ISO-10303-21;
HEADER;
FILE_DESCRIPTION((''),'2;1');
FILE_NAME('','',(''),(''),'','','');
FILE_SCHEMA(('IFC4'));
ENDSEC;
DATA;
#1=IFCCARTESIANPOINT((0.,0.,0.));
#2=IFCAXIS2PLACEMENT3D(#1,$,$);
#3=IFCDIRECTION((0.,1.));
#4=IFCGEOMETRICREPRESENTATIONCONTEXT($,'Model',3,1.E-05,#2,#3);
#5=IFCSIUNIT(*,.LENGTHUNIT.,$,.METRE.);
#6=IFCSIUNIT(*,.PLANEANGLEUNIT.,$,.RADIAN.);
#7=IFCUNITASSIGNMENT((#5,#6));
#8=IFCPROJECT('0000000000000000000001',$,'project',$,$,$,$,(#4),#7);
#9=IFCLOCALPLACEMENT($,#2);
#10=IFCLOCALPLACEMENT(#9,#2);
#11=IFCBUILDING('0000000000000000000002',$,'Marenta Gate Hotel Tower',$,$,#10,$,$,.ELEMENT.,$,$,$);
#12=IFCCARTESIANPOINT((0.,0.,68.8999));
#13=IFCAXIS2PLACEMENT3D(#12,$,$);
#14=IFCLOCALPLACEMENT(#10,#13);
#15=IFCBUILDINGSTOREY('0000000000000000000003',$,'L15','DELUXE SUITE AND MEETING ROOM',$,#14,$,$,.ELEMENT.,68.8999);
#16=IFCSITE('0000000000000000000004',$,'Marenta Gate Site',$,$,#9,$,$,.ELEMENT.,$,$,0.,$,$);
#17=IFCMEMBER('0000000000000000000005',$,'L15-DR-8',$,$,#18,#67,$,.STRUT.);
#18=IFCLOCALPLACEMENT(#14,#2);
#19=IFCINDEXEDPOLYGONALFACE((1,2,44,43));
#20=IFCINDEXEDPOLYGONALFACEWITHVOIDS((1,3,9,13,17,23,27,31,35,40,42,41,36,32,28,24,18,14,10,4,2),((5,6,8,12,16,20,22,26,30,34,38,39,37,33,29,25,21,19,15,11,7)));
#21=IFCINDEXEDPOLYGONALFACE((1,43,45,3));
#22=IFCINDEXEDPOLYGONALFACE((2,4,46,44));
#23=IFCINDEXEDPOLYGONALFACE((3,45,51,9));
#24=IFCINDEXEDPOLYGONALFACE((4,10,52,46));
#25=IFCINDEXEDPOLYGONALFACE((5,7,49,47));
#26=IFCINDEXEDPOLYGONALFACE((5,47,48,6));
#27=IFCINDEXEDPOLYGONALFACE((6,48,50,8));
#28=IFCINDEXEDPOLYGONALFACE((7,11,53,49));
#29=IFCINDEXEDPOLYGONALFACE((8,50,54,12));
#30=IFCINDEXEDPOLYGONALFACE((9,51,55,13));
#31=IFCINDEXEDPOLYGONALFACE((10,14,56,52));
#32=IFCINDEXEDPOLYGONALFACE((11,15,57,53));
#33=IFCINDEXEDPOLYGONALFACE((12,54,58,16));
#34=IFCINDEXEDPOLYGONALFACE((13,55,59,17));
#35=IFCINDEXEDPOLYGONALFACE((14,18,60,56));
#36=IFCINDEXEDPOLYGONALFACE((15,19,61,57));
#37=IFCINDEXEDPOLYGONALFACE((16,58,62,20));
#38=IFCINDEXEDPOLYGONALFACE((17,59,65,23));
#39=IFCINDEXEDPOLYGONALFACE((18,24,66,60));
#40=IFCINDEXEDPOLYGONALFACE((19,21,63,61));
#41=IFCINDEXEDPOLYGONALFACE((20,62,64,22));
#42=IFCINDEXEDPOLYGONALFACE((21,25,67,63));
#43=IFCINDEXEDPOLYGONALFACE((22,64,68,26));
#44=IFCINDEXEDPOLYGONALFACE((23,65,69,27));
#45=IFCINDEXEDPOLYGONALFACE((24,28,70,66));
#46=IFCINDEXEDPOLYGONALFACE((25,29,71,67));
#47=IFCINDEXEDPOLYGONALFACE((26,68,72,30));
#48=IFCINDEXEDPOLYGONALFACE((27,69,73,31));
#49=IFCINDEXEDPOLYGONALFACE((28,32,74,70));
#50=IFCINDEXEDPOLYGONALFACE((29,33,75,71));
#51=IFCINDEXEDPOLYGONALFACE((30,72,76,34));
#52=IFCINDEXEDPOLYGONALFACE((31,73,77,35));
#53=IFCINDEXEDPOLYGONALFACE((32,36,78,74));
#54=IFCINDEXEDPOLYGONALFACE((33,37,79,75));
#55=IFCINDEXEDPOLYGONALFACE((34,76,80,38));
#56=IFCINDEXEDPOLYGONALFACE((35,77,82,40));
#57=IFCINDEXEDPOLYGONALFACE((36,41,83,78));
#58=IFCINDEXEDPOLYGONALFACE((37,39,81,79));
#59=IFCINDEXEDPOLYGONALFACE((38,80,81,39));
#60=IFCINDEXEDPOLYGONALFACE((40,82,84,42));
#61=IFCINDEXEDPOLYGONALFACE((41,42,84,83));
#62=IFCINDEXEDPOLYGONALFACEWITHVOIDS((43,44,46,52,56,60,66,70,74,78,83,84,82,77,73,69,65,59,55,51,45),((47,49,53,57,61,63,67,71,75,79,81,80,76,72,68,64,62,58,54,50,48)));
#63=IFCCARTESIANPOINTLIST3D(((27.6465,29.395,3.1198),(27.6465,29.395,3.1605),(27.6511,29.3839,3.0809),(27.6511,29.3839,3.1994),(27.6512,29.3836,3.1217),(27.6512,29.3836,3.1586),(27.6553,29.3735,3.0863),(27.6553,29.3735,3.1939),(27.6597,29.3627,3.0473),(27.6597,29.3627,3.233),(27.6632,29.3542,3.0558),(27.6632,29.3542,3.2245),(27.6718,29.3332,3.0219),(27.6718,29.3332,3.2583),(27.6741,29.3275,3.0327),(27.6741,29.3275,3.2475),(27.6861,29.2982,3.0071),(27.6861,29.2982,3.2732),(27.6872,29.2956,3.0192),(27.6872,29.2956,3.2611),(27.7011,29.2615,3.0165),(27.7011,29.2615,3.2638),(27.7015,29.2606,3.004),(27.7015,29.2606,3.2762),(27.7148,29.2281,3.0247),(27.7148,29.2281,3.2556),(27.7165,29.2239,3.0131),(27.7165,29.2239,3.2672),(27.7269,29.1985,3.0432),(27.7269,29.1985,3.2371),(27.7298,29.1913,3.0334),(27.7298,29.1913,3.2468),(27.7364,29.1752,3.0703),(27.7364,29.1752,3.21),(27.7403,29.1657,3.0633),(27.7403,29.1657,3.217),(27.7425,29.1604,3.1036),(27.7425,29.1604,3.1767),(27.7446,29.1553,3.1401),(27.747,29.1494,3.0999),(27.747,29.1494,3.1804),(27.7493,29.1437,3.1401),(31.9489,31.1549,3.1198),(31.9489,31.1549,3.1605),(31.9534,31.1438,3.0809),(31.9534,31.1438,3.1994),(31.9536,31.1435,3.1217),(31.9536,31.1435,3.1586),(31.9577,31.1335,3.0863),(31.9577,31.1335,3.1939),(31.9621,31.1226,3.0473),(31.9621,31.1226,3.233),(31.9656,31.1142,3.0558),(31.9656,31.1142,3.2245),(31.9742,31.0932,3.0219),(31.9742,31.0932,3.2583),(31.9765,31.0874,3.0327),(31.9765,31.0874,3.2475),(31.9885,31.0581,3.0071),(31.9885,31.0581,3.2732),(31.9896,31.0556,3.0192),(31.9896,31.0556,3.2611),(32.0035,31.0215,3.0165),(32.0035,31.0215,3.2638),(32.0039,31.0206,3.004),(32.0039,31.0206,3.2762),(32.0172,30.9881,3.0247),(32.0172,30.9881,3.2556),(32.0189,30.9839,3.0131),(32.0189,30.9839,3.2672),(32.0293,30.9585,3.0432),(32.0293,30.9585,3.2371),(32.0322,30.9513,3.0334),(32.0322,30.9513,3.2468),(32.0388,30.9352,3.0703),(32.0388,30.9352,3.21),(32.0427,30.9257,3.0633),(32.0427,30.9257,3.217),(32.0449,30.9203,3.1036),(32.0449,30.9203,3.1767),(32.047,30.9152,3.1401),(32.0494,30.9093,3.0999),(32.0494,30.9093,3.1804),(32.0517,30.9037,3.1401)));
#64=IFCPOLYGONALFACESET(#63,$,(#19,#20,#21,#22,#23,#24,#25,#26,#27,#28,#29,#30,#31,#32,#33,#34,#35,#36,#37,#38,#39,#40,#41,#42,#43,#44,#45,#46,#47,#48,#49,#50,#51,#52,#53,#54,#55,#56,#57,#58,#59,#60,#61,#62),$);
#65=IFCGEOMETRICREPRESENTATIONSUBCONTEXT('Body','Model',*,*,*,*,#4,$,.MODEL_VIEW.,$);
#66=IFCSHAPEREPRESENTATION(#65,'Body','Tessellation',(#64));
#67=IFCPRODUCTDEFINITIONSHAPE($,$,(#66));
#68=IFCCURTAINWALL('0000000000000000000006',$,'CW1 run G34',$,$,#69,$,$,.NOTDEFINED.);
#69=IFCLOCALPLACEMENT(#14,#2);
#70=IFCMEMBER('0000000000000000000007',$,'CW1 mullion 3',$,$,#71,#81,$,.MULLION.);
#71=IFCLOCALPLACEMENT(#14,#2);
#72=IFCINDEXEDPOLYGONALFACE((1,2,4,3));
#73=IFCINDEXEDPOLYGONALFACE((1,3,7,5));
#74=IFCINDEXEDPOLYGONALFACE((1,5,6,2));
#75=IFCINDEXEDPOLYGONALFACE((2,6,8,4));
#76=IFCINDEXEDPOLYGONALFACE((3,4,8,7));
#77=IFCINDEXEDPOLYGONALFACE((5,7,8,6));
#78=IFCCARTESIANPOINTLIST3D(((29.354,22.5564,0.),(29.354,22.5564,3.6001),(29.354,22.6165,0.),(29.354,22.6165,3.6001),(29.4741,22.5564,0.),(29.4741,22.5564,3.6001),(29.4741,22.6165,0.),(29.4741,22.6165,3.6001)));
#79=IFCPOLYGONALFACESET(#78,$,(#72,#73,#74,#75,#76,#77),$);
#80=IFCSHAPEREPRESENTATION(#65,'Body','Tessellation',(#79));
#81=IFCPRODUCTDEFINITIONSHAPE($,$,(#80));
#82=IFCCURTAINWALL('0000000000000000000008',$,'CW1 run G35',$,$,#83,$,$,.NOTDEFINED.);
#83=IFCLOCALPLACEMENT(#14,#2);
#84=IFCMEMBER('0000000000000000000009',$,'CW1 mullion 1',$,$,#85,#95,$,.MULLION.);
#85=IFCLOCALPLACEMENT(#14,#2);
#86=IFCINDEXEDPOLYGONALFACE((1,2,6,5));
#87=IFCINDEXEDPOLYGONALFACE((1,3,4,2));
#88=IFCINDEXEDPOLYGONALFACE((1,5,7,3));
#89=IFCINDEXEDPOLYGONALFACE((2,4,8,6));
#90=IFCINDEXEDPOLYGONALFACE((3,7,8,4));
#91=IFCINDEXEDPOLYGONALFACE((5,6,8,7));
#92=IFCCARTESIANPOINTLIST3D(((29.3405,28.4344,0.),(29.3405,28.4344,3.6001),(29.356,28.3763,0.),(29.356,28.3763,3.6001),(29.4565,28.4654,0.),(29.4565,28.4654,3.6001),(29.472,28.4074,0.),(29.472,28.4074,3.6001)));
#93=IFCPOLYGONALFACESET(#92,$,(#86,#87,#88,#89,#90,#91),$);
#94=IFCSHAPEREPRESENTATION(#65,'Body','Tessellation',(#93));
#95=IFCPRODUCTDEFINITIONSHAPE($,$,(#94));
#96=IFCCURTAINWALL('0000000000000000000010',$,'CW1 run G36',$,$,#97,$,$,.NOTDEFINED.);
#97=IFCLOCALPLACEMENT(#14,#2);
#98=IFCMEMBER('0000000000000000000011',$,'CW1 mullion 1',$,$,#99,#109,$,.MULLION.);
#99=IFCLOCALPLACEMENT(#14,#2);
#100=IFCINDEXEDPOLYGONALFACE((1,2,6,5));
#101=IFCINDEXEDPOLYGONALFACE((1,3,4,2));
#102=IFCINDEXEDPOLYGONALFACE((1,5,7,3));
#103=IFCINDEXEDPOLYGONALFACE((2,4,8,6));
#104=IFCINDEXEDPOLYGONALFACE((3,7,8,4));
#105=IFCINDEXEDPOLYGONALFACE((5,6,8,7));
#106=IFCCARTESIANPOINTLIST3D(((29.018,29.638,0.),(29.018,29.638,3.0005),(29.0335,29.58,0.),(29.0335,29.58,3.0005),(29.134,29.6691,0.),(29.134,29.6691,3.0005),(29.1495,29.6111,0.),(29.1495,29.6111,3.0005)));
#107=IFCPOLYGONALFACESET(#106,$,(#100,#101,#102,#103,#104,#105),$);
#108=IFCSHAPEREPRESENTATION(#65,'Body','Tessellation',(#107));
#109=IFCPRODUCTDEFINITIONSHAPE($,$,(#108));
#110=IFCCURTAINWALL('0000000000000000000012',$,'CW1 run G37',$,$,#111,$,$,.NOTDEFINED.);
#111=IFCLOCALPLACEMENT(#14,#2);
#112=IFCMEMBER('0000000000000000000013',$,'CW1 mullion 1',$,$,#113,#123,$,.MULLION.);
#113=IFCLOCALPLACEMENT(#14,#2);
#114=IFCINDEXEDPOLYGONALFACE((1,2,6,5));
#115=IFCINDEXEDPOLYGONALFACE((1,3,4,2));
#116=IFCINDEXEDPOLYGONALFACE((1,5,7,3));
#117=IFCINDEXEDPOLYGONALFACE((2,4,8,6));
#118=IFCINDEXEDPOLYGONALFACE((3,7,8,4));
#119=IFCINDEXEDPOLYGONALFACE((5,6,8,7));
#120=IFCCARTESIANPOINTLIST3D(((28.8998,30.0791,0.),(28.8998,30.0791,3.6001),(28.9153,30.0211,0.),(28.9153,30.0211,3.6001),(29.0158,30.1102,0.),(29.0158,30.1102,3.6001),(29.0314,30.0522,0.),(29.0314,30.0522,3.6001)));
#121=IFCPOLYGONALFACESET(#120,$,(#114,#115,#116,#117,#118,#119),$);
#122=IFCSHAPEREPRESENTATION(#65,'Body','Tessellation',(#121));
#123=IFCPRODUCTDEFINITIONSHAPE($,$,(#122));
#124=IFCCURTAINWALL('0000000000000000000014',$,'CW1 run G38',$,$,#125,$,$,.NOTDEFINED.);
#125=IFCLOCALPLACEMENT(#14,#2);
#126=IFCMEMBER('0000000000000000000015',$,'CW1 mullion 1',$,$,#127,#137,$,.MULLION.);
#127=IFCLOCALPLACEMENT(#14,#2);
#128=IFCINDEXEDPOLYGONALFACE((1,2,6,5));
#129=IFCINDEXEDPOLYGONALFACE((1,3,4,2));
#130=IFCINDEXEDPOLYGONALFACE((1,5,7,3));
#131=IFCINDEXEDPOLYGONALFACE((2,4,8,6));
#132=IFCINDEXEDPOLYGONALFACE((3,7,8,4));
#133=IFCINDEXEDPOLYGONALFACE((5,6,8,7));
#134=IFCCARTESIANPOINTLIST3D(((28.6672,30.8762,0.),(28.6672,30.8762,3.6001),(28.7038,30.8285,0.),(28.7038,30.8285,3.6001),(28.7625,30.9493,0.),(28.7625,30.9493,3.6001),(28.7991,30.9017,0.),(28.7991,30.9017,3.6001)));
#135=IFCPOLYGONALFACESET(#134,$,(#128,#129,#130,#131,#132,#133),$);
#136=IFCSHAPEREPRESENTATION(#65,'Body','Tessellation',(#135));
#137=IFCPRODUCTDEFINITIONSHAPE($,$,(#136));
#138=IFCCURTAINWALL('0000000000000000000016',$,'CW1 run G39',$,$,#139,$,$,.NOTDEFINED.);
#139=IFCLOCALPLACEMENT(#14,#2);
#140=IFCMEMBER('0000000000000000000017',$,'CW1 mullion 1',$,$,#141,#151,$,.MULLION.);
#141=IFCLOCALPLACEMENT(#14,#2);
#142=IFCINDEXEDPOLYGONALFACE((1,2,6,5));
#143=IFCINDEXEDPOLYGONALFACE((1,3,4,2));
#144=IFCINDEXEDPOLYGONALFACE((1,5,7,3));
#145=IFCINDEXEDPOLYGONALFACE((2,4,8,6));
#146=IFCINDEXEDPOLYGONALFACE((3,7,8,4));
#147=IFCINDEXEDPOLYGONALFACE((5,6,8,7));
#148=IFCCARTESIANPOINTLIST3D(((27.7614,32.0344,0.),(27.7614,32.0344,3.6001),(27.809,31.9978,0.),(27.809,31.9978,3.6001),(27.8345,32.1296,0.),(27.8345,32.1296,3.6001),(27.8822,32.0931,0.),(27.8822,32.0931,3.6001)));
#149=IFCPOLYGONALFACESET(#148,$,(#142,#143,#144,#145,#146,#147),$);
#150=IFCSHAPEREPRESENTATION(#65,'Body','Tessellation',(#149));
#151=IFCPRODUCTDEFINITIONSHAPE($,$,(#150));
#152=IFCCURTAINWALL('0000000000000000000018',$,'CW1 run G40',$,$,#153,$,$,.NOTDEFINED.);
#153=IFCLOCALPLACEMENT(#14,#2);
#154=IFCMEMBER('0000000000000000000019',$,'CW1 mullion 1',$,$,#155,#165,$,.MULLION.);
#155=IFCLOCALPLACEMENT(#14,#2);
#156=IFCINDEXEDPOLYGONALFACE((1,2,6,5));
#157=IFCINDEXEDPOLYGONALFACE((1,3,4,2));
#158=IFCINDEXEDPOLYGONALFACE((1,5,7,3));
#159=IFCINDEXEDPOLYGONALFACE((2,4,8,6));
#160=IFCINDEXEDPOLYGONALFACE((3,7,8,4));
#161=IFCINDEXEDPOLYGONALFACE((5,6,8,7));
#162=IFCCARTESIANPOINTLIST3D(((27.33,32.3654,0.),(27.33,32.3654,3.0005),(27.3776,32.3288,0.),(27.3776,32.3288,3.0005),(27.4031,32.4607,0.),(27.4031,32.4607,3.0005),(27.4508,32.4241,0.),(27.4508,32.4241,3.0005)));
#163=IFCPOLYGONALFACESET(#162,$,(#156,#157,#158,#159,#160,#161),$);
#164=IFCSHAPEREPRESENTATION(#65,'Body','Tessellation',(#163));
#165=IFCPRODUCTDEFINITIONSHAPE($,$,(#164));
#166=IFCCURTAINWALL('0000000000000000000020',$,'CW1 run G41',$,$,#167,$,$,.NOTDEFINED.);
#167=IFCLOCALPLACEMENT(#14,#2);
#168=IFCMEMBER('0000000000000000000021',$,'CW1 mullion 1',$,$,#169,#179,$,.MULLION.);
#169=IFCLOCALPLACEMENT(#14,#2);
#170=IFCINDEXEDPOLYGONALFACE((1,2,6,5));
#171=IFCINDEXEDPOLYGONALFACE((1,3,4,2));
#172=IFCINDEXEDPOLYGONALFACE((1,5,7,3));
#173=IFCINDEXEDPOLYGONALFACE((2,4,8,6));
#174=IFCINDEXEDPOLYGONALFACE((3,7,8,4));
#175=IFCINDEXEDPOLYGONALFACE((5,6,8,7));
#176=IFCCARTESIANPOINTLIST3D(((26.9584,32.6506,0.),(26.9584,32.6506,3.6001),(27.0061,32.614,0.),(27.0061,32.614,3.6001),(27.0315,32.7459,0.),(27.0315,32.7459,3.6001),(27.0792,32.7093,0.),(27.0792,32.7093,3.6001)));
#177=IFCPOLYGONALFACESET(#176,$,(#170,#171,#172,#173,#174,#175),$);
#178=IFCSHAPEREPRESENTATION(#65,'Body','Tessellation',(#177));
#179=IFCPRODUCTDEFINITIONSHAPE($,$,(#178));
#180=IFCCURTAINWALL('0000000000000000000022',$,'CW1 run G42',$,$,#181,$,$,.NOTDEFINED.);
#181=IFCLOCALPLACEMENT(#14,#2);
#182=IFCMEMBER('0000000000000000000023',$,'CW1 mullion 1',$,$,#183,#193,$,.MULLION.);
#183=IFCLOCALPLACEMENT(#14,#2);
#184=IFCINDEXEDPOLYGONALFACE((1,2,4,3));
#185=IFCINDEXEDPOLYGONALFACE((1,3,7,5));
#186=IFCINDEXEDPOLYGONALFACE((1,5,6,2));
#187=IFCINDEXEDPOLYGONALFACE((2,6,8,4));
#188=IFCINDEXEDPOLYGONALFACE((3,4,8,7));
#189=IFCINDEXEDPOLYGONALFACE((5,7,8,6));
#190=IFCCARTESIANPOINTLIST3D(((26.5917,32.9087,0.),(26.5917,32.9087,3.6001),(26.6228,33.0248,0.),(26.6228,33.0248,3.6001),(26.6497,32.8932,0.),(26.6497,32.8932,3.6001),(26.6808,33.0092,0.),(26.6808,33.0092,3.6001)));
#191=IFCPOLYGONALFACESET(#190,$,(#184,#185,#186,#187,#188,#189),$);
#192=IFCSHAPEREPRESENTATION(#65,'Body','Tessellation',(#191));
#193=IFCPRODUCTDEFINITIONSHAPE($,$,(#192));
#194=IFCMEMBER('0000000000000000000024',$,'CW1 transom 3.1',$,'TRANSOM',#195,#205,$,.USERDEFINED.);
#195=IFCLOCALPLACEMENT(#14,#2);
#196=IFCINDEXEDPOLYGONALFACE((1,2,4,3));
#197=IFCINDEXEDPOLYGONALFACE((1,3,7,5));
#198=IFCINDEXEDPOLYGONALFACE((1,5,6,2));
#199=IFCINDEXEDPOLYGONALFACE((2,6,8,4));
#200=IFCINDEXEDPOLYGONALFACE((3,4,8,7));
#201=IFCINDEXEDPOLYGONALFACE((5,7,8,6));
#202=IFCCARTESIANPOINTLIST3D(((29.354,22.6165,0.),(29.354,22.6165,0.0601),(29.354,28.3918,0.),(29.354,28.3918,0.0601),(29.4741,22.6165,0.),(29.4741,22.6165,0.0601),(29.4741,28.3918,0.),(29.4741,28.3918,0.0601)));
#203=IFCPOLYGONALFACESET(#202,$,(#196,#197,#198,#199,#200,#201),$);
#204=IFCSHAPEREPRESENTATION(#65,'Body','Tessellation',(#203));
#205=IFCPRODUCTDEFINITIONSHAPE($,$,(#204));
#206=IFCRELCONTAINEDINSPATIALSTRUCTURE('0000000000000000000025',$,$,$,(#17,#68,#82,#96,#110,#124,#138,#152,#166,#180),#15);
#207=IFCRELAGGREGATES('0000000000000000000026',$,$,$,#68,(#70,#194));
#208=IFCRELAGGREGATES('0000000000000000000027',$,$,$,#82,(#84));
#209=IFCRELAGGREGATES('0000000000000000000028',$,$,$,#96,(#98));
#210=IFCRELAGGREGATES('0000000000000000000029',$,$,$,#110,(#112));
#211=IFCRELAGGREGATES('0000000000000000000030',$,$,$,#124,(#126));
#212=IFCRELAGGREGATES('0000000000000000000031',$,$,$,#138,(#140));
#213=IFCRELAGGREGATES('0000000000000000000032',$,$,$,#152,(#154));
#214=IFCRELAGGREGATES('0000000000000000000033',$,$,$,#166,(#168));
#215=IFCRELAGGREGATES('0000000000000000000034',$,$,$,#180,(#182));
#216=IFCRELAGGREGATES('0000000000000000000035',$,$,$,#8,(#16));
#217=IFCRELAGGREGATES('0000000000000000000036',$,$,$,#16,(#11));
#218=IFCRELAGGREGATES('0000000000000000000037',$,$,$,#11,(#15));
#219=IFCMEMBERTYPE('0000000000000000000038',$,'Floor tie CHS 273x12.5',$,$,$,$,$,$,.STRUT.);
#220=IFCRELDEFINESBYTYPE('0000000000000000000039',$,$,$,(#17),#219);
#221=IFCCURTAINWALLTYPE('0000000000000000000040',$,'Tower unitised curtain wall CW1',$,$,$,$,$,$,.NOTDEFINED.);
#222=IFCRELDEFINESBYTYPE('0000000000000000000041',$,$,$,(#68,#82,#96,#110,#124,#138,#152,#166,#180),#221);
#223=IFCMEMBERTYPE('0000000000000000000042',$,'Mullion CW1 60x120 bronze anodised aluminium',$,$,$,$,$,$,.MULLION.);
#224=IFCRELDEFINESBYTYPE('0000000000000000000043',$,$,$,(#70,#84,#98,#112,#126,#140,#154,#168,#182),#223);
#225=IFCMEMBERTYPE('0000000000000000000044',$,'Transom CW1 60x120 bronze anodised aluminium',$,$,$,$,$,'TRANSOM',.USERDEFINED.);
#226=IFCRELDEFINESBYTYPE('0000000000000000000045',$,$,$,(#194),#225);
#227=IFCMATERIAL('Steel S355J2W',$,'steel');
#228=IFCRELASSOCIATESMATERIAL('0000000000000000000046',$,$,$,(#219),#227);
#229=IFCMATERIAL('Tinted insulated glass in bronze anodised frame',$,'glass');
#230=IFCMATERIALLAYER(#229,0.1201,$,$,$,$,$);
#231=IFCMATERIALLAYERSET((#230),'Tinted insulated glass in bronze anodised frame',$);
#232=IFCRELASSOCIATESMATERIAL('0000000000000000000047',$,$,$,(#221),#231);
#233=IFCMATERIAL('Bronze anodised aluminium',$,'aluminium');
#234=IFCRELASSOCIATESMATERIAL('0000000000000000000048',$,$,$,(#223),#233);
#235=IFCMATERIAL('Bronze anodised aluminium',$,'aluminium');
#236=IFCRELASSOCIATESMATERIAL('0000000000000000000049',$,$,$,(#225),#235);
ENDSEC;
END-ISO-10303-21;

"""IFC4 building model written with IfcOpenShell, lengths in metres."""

from ifc_helpers import new_model, si_unit, direction, frame, origin, origin_2d, place, context, subcontext, project, spatial, rectangle, hollow_circle, extrude, material, layer, layer_set, material_profile, profile_set, type_object, element, aggregate, save


model = new_model("IFC4")

# Units and contexts
model_context = context("Model", 3, precision=1e-05, world=origin(), true_north=direction((0.0, 1.0)))
body_context = subcontext(model_context, "Body", "Model", "MODEL_VIEW")
ifc_project = project(units=[si_unit("LENGTHUNIT", "METRE"), si_unit("PLANEANGLEUNIT", "RADIAN")], contexts=[model_context])

# Site, building, storey
site_placement = place(None, origin())
site = spatial("IfcSite", under=ifc_project, at=site_placement, Name="Marenta Gate Site", CompositionType="ELEMENT", RefElevation=0.0)
building_placement = place(site_placement, origin())
building = spatial("IfcBuilding", under=site, at=building_placement, Name="Marenta Gate Hotel Tower", CompositionType="ELEMENT")
storey_placement = place(building_placement, frame((0.0, 0.0, 68.8999)))
storey = spatial("IfcBuildingStorey", under=building, at=storey_placement, Name="L15", Description="DELUXE SUITE AND MEETING ROOM", CompositionType="ELEMENT", Elevation=68.8999)

# Member
ifc_material_1 = material(Name="Steel S355J2W", Category="steel")
ifc_material_profile_1 = material_profile(ifc_material_1, hollow_circle(Radius=0.1365, WallThickness=0.0125, at=origin_2d()), Name="CHS 273x12.5")
ifc_profile_set_1 = profile_set([ifc_material_profile_1], Name="Steel S355J2W")
member_type_1 = type_object("IfcMemberType", Name="Floor tie CHS 273x12.5", PredefinedType="STRUT", material=ifc_profile_set_1)
member_1_placement = place(storey_placement, frame((32.0, 31.03, 3.1401), z_axis=(-0.925554, -0.378614, 0.0), x_axis=(0.378614, -0.925554, 0.0)))
element("IfcMember", 1, at=member_1_placement, inside=storey, type_object=member_type_1, Name="L15-DR-8", PredefinedType="STRUT", context=body_context, shape_type="SweptSolid", body=[
    extrude(hollow_circle(Radius=0.1365, WallThickness=0.0125, at=origin_2d()), origin(), (0.0, 0.0, 1.0), 4.6484),
])

# Curtain walls, members
ifc_material_2 = material(Name="Tinted insulated glass in bronze anodised frame", Category="glass")
ifc_layer_1 = layer(ifc_material_2, 0.1201)
ifc_layer_set_1 = layer_set([ifc_layer_1], Name="Tinted insulated glass in bronze anodised frame")
curtain_wall_type = type_object("IfcCurtainWallType", Name="Tower unitised curtain wall CW1", PredefinedType="NOTDEFINED", material=ifc_layer_set_1)
curtain_wall_1_placement = place(storey_placement, origin())
curtain_wall_1 = element("IfcCurtainWall", 2, at=curtain_wall_1_placement, inside=storey, type_object=curtain_wall_type, Name="CW1 run G34", PredefinedType="NOTDEFINED")
ifc_material_3 = material(Name="Bronze anodised aluminium", Category="aluminium")
ifc_material_profile_2 = material_profile(ifc_material_3, rectangle(XDim=0.1201, YDim=0.0601, at=origin_2d()), Name="Mullion CW1 60x120 bronze anodised aluminium")
ifc_profile_set_2 = profile_set([ifc_material_profile_2], Name="Bronze anodised aluminium")
member_type_2 = type_object("IfcMemberType", Name="Mullion CW1 60x120 bronze anodised aluminium", PredefinedType="MULLION", material=ifc_profile_set_2)
member_2_placement = place(storey_placement, frame((29.4141, 22.5864, 0.0), z_axis=(0.0, 0.0, 1.0), x_axis=(-1.0, 0.0, 0.0)))
member_2 = element("IfcMember", 3, at=member_2_placement, type_object=member_type_2, Name="CW1 mullion 3", PredefinedType="MULLION", context=body_context, shape_type="SweptSolid", body=[
    extrude(rectangle(XDim=0.1201, YDim=0.0601, at=origin_2d()), origin(), (0.0, 0.0, 1.0), 3.6001),
])
curtain_wall_2_placement = place(storey_placement, origin())
curtain_wall_2 = element("IfcCurtainWall", 4, at=curtain_wall_2_placement, inside=storey, type_object=curtain_wall_type, Name="CW1 run G35", PredefinedType="NOTDEFINED")
member_3_placement = place(storey_placement, frame((29.4062, 28.4209, 0.0), z_axis=(0.0, 0.0, 1.0), x_axis=(-0.965927, -0.258816, 0.0)))
member_3 = element("IfcMember", 5, at=member_3_placement, type_object=member_type_2, Name="CW1 mullion 1", PredefinedType="MULLION", context=body_context, shape_type="SweptSolid", body=[
    extrude(rectangle(XDim=0.1201, YDim=0.0601, at=origin_2d()), origin(), (0.0, 0.0, 1.0), 3.6001),
])
curtain_wall_3_placement = place(storey_placement, origin())
curtain_wall_3 = element("IfcCurtainWall", 6, at=curtain_wall_3_placement, inside=storey, type_object=curtain_wall_type, Name="CW1 run G36", PredefinedType="NOTDEFINED")
member_4_placement = place(storey_placement, frame((29.0837, 29.6245, 0.0), z_axis=(0.0, 0.0, 1.0), x_axis=(-0.965922, -0.258835, 0.0)))
member_4 = element("IfcMember", 7, at=member_4_placement, type_object=member_type_2, Name="CW1 mullion 1", PredefinedType="MULLION", context=body_context, shape_type="SweptSolid", body=[
    extrude(rectangle(XDim=0.1201, YDim=0.0601, at=origin_2d()), origin(), (0.0, 0.0, 1.0), 3.0005),
])
curtain_wall_4_placement = place(storey_placement, origin())
curtain_wall_4 = element("IfcCurtainWall", 8, at=curtain_wall_4_placement, inside=storey, type_object=curtain_wall_type, Name="CW1 run G37", PredefinedType="NOTDEFINED")
member_5_placement = place(storey_placement, frame((28.9656, 30.0657, 0.0), z_axis=(0.0, 0.0, 1.0), x_axis=(-0.965925, -0.258823, 0.0)))
member_5 = element("IfcMember", 9, at=member_5_placement, type_object=member_type_2, Name="CW1 mullion 1", PredefinedType="MULLION", context=body_context, shape_type="SweptSolid", body=[
    extrude(rectangle(XDim=0.1201, YDim=0.0601, at=origin_2d()), origin(), (0.0, 0.0, 1.0), 3.6001),
])
curtain_wall_5_placement = place(storey_placement, origin())
curtain_wall_5 = element("IfcCurtainWall", 10, at=curtain_wall_5_placement, inside=storey, type_object=curtain_wall_type, Name="CW1 run G38", PredefinedType="NOTDEFINED")
member_6_placement = place(storey_placement, frame((28.7332, 30.8889, 0.0), z_axis=(0.0, 0.0, 1.0), x_axis=(-0.793338, -0.608781, 0.0)))
member_6 = element("IfcMember", 11, at=member_6_placement, type_object=member_type_2, Name="CW1 mullion 1", PredefinedType="MULLION", context=body_context, shape_type="SweptSolid", body=[
    extrude(rectangle(XDim=0.1201, YDim=0.0601, at=origin_2d()), origin(), (0.0, 0.0, 1.0), 3.6001),
])
curtain_wall_6_placement = place(storey_placement, origin())
curtain_wall_6 = element("IfcCurtainWall", 12, at=curtain_wall_6_placement, inside=storey, type_object=curtain_wall_type, Name="CW1 run G39", PredefinedType="NOTDEFINED")
member_7_placement = place(storey_placement, frame((27.8218, 32.0637, 0.0), z_axis=(0.0, 0.0, 1.0), x_axis=(-0.608795, -0.793328, 0.0)))
member_7 = element("IfcMember", 13, at=member_7_placement, type_object=member_type_2, Name="CW1 mullion 1", PredefinedType="MULLION", context=body_context, shape_type="SweptSolid", body=[
    extrude(rectangle(XDim=0.1201, YDim=0.0601, at=origin_2d()), origin(), (0.0, 0.0, 1.0), 3.6001),
])
curtain_wall_7_placement = place(storey_placement, origin())
curtain_wall_7 = element("IfcCurtainWall", 14, at=curtain_wall_7_placement, inside=storey, type_object=curtain_wall_type, Name="CW1 run G40", PredefinedType="NOTDEFINED")
member_8_placement = place(storey_placement, frame((27.3904, 32.3948, 0.0), z_axis=(0.0, 0.0, 1.0), x_axis=(-0.608772, -0.793345, 0.0)))
member_8 = element("IfcMember", 15, at=member_8_placement, type_object=member_type_2, Name="CW1 mullion 1", PredefinedType="MULLION", context=body_context, shape_type="SweptSolid", body=[
    extrude(rectangle(XDim=0.1201, YDim=0.0601, at=origin_2d()), origin(), (0.0, 0.0, 1.0), 3.0005),
])
curtain_wall_8_placement = place(storey_placement, origin())
curtain_wall_8 = element("IfcCurtainWall", 16, at=curtain_wall_8_placement, inside=storey, type_object=curtain_wall_type, Name="CW1 run G41", PredefinedType="NOTDEFINED")
member_9_placement = place(storey_placement, frame((27.0188, 32.6799, 0.0), z_axis=(0.0, 0.0, 1.0), x_axis=(-0.608776, -0.793342, 0.0)))
member_9 = element("IfcMember", 17, at=member_9_placement, type_object=member_type_2, Name="CW1 mullion 1", PredefinedType="MULLION", context=body_context, shape_type="SweptSolid", body=[
    extrude(rectangle(XDim=0.1201, YDim=0.0601, at=origin_2d()), origin(), (0.0, 0.0, 1.0), 3.6001),
])
curtain_wall_9_placement = place(storey_placement, origin())
curtain_wall_9 = element("IfcCurtainWall", 18, at=curtain_wall_9_placement, inside=storey, type_object=curtain_wall_type, Name="CW1 run G42", PredefinedType="NOTDEFINED")
member_10_placement = place(storey_placement, frame((26.6362, 32.959, 0.0), z_axis=(0.0, 0.0, 1.0), x_axis=(-0.258807, -0.965929, 0.0)))
member_10 = element("IfcMember", 19, at=member_10_placement, type_object=member_type_2, Name="CW1 mullion 1", PredefinedType="MULLION", context=body_context, shape_type="SweptSolid", body=[
    extrude(rectangle(XDim=0.1201, YDim=0.0601, at=origin_2d()), origin(), (0.0, 0.0, 1.0), 3.6001),
])

# Member
ifc_material_4 = material(Name="Bronze anodised aluminium", Category="aluminium")
ifc_material_profile_3 = material_profile(ifc_material_4, rectangle(XDim=0.1201, YDim=0.0601, at=origin_2d()), Name="Transom CW1 60x120 bronze anodised aluminium")
ifc_profile_set_3 = profile_set([ifc_material_profile_3], Name="Bronze anodised aluminium")
member_type_3 = type_object("IfcMemberType", Name="Transom CW1 60x120 bronze anodised aluminium", ElementType="TRANSOM", PredefinedType="USERDEFINED", material=ifc_profile_set_3)
member_11_placement = place(storey_placement, frame((29.4141, 22.6165, 0.03), z_axis=(0.0, 1.0, 0.0), x_axis=(-1.0, 0.0, 0.0)))
member_11 = element("IfcMember", 20, at=member_11_placement, type_object=member_type_3, Name="CW1 transom 3.1", ObjectType="TRANSOM", PredefinedType="USERDEFINED", context=body_context, shape_type="SweptSolid", body=[
    extrude(rectangle(XDim=0.1201, YDim=0.0601, at=origin_2d()), origin(), (0.0, 0.0, 1.0), 5.7754),
])

aggregate(curtain_wall_1, [member_2, member_11])
aggregate(curtain_wall_2, [member_3])
aggregate(curtain_wall_3, [member_4])
aggregate(curtain_wall_4, [member_5])
aggregate(curtain_wall_5, [member_6])
aggregate(curtain_wall_6, [member_7])
aggregate(curtain_wall_7, [member_8])
aggregate(curtain_wall_8, [member_9])
aggregate(curtain_wall_9, [member_10])

save(model, "model.ifc")
